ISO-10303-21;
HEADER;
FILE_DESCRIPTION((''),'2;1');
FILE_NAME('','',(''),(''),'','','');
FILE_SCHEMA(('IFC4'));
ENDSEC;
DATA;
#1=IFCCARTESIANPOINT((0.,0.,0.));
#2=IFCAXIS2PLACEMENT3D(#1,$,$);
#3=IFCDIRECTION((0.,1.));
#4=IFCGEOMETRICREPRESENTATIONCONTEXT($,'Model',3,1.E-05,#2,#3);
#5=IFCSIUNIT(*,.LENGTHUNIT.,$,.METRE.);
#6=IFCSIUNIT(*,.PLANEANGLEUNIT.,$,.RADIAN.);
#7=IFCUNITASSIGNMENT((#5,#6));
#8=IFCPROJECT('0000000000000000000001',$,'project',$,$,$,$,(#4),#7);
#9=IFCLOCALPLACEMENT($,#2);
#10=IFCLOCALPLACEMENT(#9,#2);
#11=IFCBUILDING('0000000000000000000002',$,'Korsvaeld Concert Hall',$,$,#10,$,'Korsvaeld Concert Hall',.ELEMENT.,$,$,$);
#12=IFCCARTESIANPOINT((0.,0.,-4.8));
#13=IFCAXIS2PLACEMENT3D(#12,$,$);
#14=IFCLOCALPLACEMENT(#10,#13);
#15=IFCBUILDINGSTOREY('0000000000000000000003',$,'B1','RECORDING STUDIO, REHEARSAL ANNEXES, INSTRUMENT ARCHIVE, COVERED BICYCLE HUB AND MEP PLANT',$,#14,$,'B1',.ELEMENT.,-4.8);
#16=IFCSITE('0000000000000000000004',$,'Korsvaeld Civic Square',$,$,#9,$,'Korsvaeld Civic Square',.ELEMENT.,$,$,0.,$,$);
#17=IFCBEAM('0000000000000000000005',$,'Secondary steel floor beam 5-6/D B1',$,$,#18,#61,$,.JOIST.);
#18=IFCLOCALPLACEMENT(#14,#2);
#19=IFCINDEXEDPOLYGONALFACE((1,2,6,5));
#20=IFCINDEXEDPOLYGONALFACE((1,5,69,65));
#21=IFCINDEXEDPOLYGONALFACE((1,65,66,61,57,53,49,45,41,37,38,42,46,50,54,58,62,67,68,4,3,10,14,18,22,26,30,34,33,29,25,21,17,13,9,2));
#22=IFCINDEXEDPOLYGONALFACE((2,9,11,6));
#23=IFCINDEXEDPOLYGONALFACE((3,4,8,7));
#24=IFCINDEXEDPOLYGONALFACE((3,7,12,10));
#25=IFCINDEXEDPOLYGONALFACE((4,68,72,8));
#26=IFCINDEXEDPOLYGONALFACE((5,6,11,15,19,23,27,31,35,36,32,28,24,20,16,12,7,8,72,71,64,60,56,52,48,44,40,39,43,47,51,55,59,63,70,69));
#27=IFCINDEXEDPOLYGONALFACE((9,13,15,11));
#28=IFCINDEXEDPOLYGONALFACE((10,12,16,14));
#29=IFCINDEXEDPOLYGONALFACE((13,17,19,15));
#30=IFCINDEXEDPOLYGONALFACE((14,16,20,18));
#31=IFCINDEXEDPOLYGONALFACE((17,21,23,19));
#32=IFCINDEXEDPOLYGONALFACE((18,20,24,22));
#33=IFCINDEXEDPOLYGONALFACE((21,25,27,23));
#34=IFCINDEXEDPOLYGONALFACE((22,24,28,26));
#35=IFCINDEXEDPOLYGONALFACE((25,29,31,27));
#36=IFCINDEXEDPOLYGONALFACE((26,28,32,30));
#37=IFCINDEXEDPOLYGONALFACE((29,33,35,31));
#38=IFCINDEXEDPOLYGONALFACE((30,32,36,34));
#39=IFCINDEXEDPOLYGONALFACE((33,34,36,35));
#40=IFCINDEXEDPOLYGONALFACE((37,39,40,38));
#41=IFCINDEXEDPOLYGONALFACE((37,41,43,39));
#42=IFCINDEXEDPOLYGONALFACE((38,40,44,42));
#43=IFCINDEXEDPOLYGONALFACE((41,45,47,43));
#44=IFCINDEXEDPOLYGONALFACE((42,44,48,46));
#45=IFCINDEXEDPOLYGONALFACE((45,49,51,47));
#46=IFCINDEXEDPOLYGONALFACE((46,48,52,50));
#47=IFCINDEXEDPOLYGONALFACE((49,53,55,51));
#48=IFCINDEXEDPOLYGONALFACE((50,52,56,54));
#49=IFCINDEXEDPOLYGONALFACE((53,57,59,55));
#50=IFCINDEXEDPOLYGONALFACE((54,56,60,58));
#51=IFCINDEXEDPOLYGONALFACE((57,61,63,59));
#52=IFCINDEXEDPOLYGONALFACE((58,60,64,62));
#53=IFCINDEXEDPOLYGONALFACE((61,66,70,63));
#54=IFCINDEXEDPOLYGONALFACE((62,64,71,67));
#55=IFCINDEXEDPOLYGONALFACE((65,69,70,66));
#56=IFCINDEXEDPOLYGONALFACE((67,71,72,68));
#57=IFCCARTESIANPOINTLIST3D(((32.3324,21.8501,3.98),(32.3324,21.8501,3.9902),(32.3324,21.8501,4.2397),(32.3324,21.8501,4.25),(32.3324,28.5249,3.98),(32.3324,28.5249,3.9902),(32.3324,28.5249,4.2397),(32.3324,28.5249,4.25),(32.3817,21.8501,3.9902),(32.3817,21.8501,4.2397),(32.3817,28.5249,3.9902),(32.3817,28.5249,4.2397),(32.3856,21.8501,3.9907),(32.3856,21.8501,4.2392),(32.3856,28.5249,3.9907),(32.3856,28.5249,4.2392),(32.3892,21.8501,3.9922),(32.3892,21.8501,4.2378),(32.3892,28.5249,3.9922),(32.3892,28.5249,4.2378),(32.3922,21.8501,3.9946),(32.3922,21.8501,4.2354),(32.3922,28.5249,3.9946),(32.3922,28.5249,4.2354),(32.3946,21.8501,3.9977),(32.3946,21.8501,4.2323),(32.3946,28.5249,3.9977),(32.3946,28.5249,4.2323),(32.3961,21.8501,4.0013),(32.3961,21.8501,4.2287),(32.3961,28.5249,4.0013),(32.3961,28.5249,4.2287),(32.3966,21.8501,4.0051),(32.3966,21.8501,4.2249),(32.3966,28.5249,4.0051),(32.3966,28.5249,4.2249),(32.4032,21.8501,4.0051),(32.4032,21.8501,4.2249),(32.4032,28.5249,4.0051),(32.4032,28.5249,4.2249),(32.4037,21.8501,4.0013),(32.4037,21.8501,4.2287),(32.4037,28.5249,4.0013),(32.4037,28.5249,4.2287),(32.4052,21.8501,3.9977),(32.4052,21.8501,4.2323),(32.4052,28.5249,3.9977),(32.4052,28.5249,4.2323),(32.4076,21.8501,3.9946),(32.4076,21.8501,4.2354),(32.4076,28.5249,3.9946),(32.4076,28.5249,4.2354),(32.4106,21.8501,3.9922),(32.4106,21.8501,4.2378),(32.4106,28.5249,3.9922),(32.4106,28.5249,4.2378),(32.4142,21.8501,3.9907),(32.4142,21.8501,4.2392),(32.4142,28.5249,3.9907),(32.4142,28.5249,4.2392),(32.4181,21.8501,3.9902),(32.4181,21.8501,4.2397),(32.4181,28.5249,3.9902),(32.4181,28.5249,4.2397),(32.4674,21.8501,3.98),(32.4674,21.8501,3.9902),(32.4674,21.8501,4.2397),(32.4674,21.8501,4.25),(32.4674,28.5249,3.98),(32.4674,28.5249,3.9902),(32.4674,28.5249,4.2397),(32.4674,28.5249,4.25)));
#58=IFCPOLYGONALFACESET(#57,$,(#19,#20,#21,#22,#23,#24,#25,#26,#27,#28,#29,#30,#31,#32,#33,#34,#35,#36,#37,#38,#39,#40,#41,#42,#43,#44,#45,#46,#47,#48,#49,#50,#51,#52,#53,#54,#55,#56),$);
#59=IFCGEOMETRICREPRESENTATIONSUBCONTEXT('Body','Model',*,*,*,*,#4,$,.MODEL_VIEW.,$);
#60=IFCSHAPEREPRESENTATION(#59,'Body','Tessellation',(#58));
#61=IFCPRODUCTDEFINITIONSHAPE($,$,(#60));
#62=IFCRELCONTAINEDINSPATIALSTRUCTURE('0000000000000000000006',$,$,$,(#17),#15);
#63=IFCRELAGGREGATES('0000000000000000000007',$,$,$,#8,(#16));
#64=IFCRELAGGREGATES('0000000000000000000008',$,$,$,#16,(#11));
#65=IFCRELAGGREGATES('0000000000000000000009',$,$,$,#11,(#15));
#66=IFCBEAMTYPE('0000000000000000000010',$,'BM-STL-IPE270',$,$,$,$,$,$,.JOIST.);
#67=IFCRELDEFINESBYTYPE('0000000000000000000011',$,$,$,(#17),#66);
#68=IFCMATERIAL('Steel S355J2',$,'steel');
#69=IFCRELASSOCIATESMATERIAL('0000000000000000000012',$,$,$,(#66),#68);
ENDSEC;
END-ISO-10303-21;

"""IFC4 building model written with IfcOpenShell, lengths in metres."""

from ifc_helpers import new_model, si_unit, direction, frame, origin, origin_2d, place, context, subcontext, project, spatial, i_section, extrude, material, material_profile, profile_set, type_object, element, save


model = new_model("IFC4")

# Units and contexts
model_context = context("Model", 3, precision=1e-05, world=origin(), true_north=direction((0.0, 1.0)))
body_context = subcontext(model_context, "Body", "Model", "MODEL_VIEW")
ifc_project = project(units=[si_unit("LENGTHUNIT", "METRE"), si_unit("PLANEANGLEUNIT", "RADIAN")], contexts=[model_context])

# Site, building, storey
site_placement = place(None, origin())
site = spatial("IfcSite", under=ifc_project, at=site_placement, Name="Korsvaeld Civic Square", LongName="Korsvaeld Civic Square", CompositionType="ELEMENT", RefElevation=0.0)
building_placement = place(site_placement, origin())
building = spatial("IfcBuilding", under=site, at=building_placement, Name="Korsvaeld Concert Hall", LongName="Korsvaeld Concert Hall", CompositionType="ELEMENT")
storey_placement = place(building_placement, frame((0.0, 0.0, -4.8)))
storey = spatial("IfcBuildingStorey", under=building, at=storey_placement, Name="B1", Description="RECORDING STUDIO, REHEARSAL ANNEXES, INSTRUMENT ARCHIVE, COVERED BICYCLE HUB AND MEP PLANT", LongName="B1", CompositionType="ELEMENT", Elevation=-4.8)

# Beam
ifc_material_1 = material(Name="Steel S355J2", Category="steel")
ifc_material_profile_1 = material_profile(ifc_material_1, i_section(OverallWidth=0.135, OverallDepth=0.27, WebThickness=0.0066, FlangeThickness=0.0103, FilletRadius=0.0149, at=origin_2d()), Name="IPE 270")
ifc_profile_set_1 = profile_set([ifc_material_profile_1], Name="Steel S355J2")
beam_type_1 = type_object("IfcBeamType", Name="BM-STL-IPE270", PredefinedType="JOIST", material=ifc_profile_set_1)
beam_1_placement = place(storey_placement, frame((32.3999, 21.8501, 4.115), z_axis=(0.0, 1.0, 0.0), x_axis=(-1.0, 0.0, 0.0)))
element("IfcBeam", 1, at=beam_1_placement, inside=storey, type_object=beam_type_1, Name="Secondary steel floor beam 5-6/D B1", PredefinedType="JOIST", context=body_context, shape_type="SweptSolid", body=[
    extrude(i_section(OverallWidth=0.135, OverallDepth=0.27, WebThickness=0.0066, FlangeThickness=0.0103, FilletRadius=0.0149, at=origin_2d()), origin(), (0.0, 0.0, 1.0), 6.6748),
])

save(model, "model.ifc")
